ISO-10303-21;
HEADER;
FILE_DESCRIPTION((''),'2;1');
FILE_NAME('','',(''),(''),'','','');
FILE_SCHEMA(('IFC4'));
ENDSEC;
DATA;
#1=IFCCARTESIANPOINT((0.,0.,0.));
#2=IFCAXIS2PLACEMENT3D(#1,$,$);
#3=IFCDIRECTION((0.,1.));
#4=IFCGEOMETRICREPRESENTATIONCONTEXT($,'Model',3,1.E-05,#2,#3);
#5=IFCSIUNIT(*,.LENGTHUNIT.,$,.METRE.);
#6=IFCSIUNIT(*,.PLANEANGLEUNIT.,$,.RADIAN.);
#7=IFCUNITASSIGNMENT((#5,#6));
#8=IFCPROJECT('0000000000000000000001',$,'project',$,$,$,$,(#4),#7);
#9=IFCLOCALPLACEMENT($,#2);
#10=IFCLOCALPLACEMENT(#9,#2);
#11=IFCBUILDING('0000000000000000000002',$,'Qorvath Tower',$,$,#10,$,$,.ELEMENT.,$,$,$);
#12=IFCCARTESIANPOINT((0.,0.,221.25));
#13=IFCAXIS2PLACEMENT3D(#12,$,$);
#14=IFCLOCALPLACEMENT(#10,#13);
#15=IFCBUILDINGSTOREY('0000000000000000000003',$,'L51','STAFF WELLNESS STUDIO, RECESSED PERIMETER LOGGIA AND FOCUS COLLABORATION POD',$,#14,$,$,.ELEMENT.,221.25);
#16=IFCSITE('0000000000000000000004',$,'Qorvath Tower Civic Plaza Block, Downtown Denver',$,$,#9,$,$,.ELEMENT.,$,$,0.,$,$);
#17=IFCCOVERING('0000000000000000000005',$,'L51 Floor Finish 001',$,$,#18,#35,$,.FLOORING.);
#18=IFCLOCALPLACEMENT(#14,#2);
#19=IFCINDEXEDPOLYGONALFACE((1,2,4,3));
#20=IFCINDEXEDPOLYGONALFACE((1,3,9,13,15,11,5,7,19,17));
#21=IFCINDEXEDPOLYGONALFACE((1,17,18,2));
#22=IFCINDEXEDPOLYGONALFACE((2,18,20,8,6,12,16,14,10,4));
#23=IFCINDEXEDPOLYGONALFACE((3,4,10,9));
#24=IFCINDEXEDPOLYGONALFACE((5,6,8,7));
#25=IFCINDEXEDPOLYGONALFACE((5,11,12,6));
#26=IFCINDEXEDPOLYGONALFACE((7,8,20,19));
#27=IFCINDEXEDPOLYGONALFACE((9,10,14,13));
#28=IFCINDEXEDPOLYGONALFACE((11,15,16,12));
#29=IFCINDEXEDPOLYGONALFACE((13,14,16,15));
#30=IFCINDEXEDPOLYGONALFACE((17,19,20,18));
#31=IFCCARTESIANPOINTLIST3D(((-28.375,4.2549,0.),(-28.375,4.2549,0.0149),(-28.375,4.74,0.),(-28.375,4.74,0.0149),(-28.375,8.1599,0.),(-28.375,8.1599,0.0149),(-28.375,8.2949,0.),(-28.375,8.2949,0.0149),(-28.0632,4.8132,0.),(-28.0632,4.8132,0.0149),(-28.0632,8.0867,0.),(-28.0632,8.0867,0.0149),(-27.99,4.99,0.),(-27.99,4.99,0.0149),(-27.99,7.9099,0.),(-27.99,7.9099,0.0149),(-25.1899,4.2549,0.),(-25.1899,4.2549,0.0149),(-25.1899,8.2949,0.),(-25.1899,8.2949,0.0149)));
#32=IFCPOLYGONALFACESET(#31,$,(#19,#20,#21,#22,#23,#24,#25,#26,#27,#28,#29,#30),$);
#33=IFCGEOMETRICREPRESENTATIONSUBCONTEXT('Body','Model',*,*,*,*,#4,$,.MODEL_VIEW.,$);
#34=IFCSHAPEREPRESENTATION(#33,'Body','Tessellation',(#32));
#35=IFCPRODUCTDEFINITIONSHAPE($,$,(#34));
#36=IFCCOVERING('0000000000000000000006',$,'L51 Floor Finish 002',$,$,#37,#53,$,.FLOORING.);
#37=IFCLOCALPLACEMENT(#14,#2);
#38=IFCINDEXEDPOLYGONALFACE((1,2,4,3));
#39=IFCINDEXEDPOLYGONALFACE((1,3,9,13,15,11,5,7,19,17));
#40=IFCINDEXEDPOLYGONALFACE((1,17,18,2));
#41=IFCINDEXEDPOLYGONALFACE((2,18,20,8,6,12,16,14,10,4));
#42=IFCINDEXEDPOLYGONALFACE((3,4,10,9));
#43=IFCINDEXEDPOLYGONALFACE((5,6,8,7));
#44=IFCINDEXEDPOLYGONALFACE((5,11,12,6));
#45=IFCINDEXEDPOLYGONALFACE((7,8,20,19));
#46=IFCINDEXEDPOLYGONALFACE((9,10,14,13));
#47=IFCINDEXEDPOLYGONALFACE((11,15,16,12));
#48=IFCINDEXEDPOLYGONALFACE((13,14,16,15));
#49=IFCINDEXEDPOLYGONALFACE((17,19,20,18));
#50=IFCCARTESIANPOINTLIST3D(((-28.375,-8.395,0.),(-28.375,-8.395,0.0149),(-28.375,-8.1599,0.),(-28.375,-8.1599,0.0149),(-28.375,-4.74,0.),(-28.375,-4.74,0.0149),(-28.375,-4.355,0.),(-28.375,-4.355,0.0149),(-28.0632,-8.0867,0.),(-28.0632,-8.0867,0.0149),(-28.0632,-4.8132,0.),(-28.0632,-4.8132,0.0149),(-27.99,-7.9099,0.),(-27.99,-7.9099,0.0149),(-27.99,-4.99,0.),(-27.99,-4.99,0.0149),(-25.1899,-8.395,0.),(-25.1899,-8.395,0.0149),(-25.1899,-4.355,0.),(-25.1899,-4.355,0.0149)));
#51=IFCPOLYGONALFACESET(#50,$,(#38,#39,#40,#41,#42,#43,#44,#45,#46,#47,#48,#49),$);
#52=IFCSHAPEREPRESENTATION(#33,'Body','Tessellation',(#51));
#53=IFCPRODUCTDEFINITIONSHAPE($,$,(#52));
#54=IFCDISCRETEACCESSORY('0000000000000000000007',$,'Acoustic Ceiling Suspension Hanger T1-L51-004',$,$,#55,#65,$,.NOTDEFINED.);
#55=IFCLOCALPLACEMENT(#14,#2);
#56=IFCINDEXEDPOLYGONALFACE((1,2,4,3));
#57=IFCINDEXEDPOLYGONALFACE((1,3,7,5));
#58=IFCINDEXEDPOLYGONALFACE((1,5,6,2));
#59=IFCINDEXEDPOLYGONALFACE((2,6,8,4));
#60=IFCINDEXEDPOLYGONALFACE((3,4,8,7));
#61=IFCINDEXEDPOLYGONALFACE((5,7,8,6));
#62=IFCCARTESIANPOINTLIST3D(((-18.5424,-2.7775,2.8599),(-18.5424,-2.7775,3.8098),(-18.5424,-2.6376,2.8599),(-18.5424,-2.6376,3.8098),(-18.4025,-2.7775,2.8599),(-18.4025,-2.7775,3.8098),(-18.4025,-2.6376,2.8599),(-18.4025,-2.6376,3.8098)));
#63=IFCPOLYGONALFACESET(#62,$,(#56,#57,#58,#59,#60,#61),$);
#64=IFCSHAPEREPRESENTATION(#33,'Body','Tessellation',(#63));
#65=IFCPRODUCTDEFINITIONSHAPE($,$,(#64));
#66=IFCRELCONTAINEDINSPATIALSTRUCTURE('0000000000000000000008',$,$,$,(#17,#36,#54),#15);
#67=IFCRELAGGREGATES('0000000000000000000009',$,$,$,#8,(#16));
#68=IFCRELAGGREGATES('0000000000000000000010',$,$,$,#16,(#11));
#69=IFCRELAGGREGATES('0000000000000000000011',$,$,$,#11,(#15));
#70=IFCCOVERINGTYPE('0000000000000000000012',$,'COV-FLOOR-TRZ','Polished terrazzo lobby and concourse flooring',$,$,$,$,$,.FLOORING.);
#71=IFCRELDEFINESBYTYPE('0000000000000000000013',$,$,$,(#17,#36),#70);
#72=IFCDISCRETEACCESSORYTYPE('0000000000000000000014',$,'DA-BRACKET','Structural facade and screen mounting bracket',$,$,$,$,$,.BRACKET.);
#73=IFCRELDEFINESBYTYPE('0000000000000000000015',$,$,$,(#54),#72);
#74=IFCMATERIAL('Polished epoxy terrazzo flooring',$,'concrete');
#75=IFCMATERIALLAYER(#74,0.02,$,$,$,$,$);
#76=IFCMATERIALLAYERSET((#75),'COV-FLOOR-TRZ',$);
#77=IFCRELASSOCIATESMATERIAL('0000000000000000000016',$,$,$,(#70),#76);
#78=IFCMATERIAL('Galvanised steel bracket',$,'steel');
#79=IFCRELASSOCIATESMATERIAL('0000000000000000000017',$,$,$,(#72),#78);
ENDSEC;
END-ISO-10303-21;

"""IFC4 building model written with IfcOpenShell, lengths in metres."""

from ifc_helpers import new_model, si_unit, direction, frame, origin, origin_2d, place, context, subcontext, project, spatial, polyline, rectangle, outline, extrude, material, layer, layer_set, type_object, element, save


model = new_model("IFC4")

# Units and contexts
model_context = context("Model", 3, precision=1e-05, world=origin(), true_north=direction((0.0, 1.0)))
body_context = subcontext(model_context, "Body", "Model", "MODEL_VIEW")
ifc_project = project(units=[si_unit("LENGTHUNIT", "METRE"), si_unit("PLANEANGLEUNIT", "RADIAN")], contexts=[model_context])

# Site, building, storey
site_placement = place(None, origin())
site = spatial("IfcSite", under=ifc_project, at=site_placement, Name="Qorvath Tower Civic Plaza Block, Downtown Denver", CompositionType="ELEMENT", RefElevation=0.0)
building_placement = place(site_placement, origin())
building = spatial("IfcBuilding", under=site, at=building_placement, Name="Qorvath Tower", CompositionType="ELEMENT")
storey_placement = place(building_placement, frame((0.0, 0.0, 221.25)))
storey = spatial("IfcBuildingStorey", under=building, at=storey_placement, Name="L51", Description="STAFF WELLNESS STUDIO, RECESSED PERIMETER LOGGIA AND FOCUS COLLABORATION POD", CompositionType="ELEMENT", Elevation=221.25)

# Coverings
ifc_material_1 = material(Name="Polished epoxy terrazzo flooring", Category="concrete")
ifc_layer_1 = layer(ifc_material_1, 0.02)
ifc_layer_set_1 = layer_set([ifc_layer_1], Name="COV-FLOOR-TRZ")
covering_type_1 = type_object("IfcCoveringType", Name="COV-FLOOR-TRZ", Description="Polished terrazzo lobby and concourse flooring", PredefinedType="FLOORING", material=ifc_layer_set_1)
covering_1_placement = place(storey_placement, origin())
element("IfcCovering", 1, at=covering_1_placement, inside=storey, type_object=covering_type_1, Name="L51 Floor Finish 001", PredefinedType="FLOORING", context=body_context, shape_type="SweptSolid", body=[
    extrude(outline(polyline([(-25.1899, 4.2549), (-25.1899, 8.2949), (-28.375, 8.2949), (-28.375, 8.1599), (-28.0632, 8.0867), (-27.99, 7.9099), (-27.99, 4.99), (-28.0632, 4.8132), (-28.375, 4.74), (-28.375, 4.2549), (-25.1899, 4.2549)])), origin(), (0.0, 0.0, 1.0), 0.0149),
])
covering_2_placement = place(storey_placement, origin())
element("IfcCovering", 2, at=covering_2_placement, inside=storey, type_object=covering_type_1, Name="L51 Floor Finish 002", PredefinedType="FLOORING", context=body_context, shape_type="SweptSolid", body=[
    extrude(outline(polyline([(-25.1899, -8.395), (-25.1899, -4.355), (-28.375, -4.355), (-28.375, -4.74), (-28.0632, -4.8132), (-27.99, -4.99), (-27.99, -7.9099), (-28.0632, -8.0867), (-28.375, -8.1599), (-28.375, -8.395), (-25.1899, -8.395)])), origin(), (0.0, 0.0, 1.0), 0.0149),
])

# Discrete accessory
ifc_material_2 = material(Name="Galvanised steel bracket", Category="steel")
discrete_accessory_type = type_object("IfcDiscreteAccessoryType", Name="DA-BRACKET", Description="Structural facade and screen mounting bracket", PredefinedType="BRACKET", material=ifc_material_2)
discrete_accessory_placement = place(storey_placement, frame((-18.4724, -2.7075, 2.8599), z_axis=(0.0, 0.0, 1.0), x_axis=(1.0, 0.0, 0.0)))
element("IfcDiscreteAccessory", 3, at=discrete_accessory_placement, inside=storey, type_object=discrete_accessory_type, Name="Acoustic Ceiling Suspension Hanger T1-L51-004", PredefinedType="NOTDEFINED", context=body_context, shape_type="SweptSolid", body=[
    extrude(rectangle(XDim=0.1399, YDim=0.1399, at=origin_2d()), origin(), (0.0, 0.0, 1.0), 0.95),
])

save(model, "model.ifc")
